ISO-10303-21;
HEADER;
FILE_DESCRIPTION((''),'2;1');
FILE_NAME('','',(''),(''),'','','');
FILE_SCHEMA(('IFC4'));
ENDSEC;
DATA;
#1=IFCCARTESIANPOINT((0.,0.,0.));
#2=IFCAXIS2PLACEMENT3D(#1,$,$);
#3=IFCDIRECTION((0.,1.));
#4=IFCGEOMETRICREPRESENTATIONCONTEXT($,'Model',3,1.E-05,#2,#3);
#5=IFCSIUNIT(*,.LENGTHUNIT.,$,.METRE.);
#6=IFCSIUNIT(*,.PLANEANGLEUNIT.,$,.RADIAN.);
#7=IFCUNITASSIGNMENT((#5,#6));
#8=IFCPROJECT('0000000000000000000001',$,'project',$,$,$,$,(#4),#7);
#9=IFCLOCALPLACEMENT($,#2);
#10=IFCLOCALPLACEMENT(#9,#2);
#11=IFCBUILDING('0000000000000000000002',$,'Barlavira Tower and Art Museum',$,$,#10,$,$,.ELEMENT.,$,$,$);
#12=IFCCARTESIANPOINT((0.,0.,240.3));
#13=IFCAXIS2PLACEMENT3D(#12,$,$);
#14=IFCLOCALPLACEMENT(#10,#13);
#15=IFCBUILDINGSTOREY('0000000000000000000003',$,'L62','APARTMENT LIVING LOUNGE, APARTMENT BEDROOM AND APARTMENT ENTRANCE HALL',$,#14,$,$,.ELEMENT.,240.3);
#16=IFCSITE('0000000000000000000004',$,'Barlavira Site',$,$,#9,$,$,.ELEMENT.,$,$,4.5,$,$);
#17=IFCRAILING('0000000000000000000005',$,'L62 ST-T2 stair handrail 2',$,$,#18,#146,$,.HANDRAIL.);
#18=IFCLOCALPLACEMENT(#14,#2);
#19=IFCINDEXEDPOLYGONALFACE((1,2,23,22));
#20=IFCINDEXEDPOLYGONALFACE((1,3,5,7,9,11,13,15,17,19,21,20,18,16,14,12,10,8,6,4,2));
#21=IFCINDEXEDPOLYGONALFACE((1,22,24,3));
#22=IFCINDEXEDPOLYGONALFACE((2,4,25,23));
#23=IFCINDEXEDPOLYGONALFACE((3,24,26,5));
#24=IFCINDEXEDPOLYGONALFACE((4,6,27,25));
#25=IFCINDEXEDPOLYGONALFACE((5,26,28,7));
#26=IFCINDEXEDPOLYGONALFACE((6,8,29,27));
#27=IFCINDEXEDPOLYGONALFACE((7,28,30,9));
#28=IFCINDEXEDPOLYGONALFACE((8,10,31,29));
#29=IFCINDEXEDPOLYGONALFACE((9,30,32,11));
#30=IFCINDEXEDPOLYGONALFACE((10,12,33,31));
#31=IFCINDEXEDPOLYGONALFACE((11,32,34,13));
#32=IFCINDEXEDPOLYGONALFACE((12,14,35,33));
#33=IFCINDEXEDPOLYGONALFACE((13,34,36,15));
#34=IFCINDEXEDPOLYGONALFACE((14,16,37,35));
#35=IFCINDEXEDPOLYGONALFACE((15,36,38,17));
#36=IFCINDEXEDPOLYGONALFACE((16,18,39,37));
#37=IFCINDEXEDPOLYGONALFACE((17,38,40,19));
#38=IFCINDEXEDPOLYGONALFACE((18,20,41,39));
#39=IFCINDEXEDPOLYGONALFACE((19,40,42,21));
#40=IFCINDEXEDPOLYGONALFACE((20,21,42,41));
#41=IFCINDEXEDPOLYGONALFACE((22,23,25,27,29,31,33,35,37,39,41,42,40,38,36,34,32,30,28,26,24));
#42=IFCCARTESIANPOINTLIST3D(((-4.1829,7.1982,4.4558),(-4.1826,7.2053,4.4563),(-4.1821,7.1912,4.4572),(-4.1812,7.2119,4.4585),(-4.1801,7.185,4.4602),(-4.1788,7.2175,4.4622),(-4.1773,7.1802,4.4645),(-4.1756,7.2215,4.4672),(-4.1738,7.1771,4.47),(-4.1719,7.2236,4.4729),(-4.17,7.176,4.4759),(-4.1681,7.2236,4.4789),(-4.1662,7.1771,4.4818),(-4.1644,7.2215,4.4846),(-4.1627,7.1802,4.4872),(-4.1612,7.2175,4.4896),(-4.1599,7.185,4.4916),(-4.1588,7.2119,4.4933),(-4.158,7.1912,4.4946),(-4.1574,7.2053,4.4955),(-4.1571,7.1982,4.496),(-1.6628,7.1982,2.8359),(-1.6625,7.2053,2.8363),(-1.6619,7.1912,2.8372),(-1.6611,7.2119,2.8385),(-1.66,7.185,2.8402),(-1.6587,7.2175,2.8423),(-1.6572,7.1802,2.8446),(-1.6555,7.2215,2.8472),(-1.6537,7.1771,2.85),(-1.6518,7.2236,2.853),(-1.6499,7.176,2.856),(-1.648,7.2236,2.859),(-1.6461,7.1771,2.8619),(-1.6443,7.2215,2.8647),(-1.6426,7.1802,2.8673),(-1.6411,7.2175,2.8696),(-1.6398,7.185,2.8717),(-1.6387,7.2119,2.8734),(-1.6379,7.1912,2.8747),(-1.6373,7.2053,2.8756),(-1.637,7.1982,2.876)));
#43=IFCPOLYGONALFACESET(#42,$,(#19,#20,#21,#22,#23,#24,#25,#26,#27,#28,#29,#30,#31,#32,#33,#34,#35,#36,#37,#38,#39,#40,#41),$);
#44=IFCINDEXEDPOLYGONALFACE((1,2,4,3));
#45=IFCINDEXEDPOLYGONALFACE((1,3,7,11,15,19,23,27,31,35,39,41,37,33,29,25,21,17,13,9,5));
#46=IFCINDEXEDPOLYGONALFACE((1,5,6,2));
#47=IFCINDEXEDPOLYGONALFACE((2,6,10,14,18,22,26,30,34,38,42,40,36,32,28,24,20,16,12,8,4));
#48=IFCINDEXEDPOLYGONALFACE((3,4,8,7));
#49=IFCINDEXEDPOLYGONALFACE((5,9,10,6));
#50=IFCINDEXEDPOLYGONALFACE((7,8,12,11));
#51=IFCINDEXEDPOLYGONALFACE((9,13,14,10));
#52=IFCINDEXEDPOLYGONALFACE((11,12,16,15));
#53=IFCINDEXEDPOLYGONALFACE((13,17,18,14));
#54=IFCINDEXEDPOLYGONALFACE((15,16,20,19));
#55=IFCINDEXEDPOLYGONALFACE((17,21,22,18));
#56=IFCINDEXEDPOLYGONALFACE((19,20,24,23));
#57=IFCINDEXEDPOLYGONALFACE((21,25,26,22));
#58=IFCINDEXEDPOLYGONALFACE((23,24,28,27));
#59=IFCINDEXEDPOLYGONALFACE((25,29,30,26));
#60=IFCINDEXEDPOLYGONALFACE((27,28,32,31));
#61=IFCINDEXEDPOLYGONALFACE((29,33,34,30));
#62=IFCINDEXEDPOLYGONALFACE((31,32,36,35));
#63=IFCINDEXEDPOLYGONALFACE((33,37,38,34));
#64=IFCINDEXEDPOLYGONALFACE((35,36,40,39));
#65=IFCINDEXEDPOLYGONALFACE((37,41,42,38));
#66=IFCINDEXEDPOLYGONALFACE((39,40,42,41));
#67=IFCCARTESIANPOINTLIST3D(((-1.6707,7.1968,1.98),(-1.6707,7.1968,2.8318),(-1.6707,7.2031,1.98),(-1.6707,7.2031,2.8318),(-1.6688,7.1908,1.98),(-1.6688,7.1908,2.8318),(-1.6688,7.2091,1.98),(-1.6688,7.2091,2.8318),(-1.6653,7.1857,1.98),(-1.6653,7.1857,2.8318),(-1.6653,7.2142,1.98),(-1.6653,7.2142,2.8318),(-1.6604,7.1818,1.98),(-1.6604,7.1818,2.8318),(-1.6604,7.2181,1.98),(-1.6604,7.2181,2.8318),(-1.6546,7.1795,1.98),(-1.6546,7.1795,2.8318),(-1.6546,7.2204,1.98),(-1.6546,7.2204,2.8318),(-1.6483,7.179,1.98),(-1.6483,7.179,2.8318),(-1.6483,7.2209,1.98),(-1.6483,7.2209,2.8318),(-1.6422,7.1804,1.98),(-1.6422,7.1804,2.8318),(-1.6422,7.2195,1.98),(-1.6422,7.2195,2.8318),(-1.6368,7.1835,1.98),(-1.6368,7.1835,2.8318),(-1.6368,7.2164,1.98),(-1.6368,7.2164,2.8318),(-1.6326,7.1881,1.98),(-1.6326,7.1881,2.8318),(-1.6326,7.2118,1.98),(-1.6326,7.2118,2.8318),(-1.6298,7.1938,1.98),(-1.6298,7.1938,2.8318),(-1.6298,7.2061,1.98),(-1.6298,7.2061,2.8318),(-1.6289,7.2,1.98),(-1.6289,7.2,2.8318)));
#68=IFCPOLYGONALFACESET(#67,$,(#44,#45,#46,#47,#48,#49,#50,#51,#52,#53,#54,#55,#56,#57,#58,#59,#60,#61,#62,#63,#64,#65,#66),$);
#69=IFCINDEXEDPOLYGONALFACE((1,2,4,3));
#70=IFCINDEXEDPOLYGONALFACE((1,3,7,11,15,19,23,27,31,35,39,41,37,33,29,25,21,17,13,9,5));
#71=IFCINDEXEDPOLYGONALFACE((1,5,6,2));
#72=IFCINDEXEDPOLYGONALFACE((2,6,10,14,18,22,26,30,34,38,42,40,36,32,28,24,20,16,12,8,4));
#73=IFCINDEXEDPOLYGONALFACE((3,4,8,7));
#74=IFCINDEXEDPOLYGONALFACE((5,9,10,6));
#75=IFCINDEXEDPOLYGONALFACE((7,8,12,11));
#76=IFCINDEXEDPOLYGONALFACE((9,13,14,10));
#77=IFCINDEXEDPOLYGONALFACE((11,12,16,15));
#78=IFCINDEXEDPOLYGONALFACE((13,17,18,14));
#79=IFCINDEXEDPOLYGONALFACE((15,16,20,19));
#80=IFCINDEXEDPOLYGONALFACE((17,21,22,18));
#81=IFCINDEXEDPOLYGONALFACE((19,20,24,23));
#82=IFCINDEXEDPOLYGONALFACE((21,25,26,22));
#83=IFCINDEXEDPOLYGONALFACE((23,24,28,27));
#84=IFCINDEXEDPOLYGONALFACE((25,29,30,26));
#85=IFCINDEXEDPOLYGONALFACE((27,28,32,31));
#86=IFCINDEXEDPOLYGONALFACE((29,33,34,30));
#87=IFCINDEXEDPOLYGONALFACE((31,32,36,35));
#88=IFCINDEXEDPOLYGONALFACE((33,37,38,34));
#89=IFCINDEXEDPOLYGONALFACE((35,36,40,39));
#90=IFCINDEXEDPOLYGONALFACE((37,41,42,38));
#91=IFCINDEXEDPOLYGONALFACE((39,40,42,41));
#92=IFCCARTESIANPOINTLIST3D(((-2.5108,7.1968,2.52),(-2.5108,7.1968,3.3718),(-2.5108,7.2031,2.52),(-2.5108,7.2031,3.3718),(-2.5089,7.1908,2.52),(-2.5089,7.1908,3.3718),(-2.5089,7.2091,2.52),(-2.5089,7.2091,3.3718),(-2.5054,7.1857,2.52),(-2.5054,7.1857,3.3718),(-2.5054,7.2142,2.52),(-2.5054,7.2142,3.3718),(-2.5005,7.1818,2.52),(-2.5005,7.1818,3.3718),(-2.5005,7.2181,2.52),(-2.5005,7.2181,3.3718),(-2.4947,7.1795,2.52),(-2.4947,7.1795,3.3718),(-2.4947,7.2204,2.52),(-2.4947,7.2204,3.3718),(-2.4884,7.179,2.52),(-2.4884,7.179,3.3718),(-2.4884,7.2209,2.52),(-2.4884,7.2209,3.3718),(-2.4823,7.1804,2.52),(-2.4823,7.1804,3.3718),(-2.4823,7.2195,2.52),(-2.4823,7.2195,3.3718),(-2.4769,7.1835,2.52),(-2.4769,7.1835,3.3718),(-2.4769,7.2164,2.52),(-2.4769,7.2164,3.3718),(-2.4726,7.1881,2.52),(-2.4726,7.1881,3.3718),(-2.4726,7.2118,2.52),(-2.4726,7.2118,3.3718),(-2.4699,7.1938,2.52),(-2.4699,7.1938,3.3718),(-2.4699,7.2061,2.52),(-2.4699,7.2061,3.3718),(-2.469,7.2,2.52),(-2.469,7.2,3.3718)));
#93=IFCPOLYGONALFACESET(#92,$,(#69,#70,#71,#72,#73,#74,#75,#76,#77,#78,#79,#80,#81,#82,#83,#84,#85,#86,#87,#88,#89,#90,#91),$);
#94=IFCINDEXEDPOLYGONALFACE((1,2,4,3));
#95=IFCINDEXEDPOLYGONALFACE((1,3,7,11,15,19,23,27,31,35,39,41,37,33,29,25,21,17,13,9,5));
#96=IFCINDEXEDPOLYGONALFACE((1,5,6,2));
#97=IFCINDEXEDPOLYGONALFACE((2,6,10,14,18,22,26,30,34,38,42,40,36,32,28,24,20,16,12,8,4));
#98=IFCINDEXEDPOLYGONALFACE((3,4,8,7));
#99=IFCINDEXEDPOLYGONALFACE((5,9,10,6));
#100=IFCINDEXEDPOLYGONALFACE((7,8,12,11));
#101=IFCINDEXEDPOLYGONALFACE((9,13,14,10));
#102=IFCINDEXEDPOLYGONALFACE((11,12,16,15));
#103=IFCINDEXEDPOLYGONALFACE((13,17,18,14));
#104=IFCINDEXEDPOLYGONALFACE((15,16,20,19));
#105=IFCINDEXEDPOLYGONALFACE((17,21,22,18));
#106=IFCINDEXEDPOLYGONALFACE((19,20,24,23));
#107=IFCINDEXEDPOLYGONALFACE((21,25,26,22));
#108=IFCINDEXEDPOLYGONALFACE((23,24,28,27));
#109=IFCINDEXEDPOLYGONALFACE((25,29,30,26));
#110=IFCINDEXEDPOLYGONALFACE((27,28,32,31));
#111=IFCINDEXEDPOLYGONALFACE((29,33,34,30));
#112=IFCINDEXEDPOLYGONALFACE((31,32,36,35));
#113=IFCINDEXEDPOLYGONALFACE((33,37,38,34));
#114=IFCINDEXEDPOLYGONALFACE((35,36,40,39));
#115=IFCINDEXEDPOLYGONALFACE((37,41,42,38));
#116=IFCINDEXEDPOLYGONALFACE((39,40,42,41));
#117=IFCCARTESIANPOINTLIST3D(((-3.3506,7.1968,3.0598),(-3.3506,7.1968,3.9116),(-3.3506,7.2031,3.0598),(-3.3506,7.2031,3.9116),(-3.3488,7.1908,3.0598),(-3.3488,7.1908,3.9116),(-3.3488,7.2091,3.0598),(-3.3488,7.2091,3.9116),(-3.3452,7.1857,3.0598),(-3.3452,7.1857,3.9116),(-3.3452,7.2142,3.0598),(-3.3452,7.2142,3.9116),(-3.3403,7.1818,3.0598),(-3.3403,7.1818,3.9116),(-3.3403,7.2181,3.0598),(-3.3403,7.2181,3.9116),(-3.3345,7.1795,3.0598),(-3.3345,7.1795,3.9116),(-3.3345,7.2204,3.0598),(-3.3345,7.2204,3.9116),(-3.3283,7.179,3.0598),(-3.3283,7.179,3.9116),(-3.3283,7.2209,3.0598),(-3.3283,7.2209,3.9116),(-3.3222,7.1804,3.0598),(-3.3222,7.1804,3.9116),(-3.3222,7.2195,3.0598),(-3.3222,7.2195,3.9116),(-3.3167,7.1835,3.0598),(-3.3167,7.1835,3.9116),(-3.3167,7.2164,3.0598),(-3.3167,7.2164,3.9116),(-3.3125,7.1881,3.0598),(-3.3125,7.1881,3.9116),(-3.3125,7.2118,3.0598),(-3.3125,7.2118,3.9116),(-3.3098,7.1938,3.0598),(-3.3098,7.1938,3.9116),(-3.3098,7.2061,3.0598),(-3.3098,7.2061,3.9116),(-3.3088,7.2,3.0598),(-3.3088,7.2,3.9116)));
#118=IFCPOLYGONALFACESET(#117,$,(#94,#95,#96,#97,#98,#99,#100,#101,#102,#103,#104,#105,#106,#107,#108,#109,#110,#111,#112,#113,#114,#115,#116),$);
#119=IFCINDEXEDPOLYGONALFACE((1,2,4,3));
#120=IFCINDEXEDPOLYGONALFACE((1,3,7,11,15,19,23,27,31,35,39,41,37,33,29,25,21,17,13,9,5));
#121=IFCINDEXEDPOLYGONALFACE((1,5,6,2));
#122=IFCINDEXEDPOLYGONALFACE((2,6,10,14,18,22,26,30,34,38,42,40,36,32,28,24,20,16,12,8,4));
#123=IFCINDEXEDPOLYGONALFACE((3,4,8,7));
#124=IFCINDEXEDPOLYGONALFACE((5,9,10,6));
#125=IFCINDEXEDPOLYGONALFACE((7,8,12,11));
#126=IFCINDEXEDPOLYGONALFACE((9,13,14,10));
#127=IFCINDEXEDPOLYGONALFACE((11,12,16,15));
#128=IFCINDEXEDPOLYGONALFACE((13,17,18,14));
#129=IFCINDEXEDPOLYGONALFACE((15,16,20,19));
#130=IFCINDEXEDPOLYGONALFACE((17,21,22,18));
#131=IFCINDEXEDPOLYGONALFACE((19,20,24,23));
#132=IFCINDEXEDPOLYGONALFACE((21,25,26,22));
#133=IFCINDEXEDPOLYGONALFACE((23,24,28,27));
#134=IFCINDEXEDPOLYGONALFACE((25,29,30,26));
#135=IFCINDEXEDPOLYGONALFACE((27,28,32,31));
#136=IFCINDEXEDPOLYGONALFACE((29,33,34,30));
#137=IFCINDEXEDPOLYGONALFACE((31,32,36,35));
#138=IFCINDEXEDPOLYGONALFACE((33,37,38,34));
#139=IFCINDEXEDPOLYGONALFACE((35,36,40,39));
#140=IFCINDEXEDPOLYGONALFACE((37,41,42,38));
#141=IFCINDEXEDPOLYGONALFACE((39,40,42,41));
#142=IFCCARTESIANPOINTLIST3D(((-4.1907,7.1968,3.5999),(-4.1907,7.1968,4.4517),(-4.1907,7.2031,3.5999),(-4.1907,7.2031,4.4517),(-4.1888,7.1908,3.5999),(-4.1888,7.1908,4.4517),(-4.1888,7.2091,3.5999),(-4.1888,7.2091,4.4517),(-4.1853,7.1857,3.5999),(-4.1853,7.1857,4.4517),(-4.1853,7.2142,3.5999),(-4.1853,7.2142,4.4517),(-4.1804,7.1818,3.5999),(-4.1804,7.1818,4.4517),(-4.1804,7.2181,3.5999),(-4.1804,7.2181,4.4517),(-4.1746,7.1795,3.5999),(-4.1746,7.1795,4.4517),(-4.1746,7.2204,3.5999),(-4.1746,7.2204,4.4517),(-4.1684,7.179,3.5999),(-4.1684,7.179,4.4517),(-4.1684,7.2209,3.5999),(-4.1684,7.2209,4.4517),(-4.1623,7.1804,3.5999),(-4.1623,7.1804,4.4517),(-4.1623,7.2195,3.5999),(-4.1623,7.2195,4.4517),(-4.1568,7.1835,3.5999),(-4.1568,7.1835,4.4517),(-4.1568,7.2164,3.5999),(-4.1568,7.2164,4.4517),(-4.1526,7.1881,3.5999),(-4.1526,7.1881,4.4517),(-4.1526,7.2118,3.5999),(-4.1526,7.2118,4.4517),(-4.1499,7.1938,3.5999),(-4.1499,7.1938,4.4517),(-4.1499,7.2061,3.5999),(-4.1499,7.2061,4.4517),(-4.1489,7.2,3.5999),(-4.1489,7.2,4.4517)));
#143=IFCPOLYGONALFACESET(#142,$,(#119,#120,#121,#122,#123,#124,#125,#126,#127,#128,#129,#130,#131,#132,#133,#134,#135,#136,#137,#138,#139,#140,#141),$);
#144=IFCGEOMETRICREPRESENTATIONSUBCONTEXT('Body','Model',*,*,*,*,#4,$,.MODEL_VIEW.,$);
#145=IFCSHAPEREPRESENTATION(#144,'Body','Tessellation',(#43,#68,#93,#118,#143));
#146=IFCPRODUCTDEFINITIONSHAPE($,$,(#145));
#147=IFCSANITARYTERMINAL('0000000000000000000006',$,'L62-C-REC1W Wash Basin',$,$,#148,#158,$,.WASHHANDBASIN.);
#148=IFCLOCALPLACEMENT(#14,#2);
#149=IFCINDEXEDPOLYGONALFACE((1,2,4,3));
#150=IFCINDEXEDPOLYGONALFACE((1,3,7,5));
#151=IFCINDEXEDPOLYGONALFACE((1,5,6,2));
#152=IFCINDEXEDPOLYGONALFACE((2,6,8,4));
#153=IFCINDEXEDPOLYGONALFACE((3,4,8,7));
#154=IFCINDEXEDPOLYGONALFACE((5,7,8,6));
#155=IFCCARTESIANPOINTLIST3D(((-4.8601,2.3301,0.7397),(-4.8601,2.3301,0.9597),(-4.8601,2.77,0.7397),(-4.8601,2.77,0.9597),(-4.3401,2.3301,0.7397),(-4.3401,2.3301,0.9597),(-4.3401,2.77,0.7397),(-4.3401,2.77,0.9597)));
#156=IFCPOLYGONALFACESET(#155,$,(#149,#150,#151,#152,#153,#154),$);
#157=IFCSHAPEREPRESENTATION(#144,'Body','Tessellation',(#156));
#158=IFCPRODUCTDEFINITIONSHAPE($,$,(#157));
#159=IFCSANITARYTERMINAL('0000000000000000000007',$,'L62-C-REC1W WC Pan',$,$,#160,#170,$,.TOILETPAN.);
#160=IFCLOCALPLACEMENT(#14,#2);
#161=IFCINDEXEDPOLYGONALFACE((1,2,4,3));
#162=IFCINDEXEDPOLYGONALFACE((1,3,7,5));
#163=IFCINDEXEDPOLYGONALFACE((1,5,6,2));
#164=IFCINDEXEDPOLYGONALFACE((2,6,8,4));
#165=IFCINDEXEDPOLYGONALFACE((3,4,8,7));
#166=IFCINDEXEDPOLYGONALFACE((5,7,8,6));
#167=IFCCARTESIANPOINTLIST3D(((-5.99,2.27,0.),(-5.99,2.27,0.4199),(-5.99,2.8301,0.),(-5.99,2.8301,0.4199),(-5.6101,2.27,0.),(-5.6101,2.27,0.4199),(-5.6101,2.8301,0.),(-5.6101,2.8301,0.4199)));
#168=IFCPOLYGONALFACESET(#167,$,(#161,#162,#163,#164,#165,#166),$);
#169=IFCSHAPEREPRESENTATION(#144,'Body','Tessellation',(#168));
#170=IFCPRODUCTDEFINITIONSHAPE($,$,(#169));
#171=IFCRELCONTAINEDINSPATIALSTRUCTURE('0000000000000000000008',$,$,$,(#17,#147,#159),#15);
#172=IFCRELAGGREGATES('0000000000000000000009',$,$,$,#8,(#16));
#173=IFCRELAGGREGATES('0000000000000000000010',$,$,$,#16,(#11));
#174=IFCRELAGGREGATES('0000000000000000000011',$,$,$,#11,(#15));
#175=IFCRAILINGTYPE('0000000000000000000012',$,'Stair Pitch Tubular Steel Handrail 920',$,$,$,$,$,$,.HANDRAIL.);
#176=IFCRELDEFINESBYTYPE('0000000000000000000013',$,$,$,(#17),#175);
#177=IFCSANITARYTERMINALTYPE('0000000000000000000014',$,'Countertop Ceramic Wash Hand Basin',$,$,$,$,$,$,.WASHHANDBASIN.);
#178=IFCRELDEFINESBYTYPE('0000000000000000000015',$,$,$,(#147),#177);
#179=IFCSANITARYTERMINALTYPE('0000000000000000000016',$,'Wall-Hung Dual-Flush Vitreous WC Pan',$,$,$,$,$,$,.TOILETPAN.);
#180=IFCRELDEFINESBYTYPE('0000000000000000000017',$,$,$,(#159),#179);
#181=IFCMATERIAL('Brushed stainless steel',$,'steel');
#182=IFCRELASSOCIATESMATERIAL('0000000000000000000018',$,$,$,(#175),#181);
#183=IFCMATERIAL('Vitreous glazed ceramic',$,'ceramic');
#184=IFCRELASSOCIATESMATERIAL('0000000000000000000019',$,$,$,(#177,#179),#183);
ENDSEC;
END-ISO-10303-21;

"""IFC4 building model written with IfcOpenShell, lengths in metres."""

from ifc_helpers import new_model, si_unit, direction, frame, origin, origin_2d, place, context, subcontext, project, spatial, rectangle, circle, extrude, material, type_object, element, save


model = new_model("IFC4")

# Units and contexts
model_context = context("Model", 3, precision=1e-05, world=origin(), true_north=direction((0.0, 1.0)))
body_context = subcontext(model_context, "Body", "Model", "MODEL_VIEW")
ifc_project = project(units=[si_unit("LENGTHUNIT", "METRE"), si_unit("PLANEANGLEUNIT", "RADIAN")], contexts=[model_context])

# Site, building, storey
site_placement = place(None, origin())
site = spatial("IfcSite", under=ifc_project, at=site_placement, Name="Barlavira Site", CompositionType="ELEMENT", RefElevation=4.5)
building_placement = place(site_placement, origin())
building = spatial("IfcBuilding", under=site, at=building_placement, Name="Barlavira Tower and Art Museum", CompositionType="ELEMENT")
storey_placement = place(building_placement, frame((0.0, 0.0, 240.3)))
storey = spatial("IfcBuildingStorey", under=building, at=storey_placement, Name="L62", Description="APARTMENT LIVING LOUNGE, APARTMENT BEDROOM AND APARTMENT ENTRANCE HALL", CompositionType="ELEMENT", Elevation=240.3)

# Shared definitions
ifc_material_1 = material(Name="Brushed stainless steel", Category="steel")

# Railing
railing_type_1 = type_object("IfcRailingType", Name="Stair Pitch Tubular Steel Handrail 920", PredefinedType="HANDRAIL", material=ifc_material_1)
railing_1_placement = place(storey_placement, frame((-1.6499, 7.2, 1.98)))
element("IfcRailing", 1, at=railing_1_placement, inside=storey, type_object=railing_type_1, Name="L62 ST-T2 stair handrail 2", PredefinedType="HANDRAIL", context=body_context, shape_type="SweptSolid", body=[
    extrude(circle(Radius=0.0239, at=origin_2d()), frame((0.0, 0.0, 0.876), z_axis=(-0.8412, 0.0, 0.540725), x_axis=(0.0, -1.0, 0.0)), (0.0, 0.0, 1.0), 2.9958),
    extrude(circle(Radius=0.021, at=origin_2d()), origin(), (0.0, 0.0, 1.0), 0.8518),
    extrude(circle(Radius=0.021, at=origin_2d()), frame((-0.8401, 0.0, 0.54)), (0.0, 0.0, 1.0), 0.8518),
    extrude(circle(Radius=0.021, at=origin_2d()), frame((-1.6799, 0.0, 1.0798)), (0.0, 0.0, 1.0), 0.8518),
    extrude(circle(Radius=0.021, at=origin_2d()), frame((-2.52, 0.0, 1.6199)), (0.0, 0.0, 1.0), 0.8518),
])

# Sanitary terminals
ifc_material_2 = material(Name="Vitreous glazed ceramic", Category="ceramic")
sanitary_terminal_type_1 = type_object("IfcSanitaryTerminalType", Name="Countertop Ceramic Wash Hand Basin", PredefinedType="WASHHANDBASIN", material=ifc_material_2)
sanitary_terminal_1_placement = place(storey_placement, frame((-4.6001, 2.55, 0.7397), z_axis=(0.0, 0.0, 1.0), x_axis=(1.0, 0.0, 0.0)))
element("IfcSanitaryTerminal", 2, at=sanitary_terminal_1_placement, inside=storey, type_object=sanitary_terminal_type_1, Name="L62-C-REC1W Wash Basin", PredefinedType="WASHHANDBASIN", context=body_context, shape_type="SweptSolid", body=[
    extrude(rectangle(XDim=0.52, YDim=0.4399, at=origin_2d()), origin(), (0.0, 0.0, 1.0), 0.22),
])
sanitary_terminal_type_2 = type_object("IfcSanitaryTerminalType", Name="Wall-Hung Dual-Flush Vitreous WC Pan", PredefinedType="TOILETPAN", material=ifc_material_2)
sanitary_terminal_2_placement = place(storey_placement, frame((-5.8, 2.55, 0.0), z_axis=(0.0, 0.0, 1.0), x_axis=(1.0, 0.0, 0.0)))
element("IfcSanitaryTerminal", 3, at=sanitary_terminal_2_placement, inside=storey, type_object=sanitary_terminal_type_2, Name="L62-C-REC1W WC Pan", PredefinedType="TOILETPAN", context=body_context, shape_type="SweptSolid", body=[
    extrude(rectangle(XDim=0.3799, YDim=0.5601, at=origin_2d()), origin(), (0.0, 0.0, 1.0), 0.4199),
])

save(model, "model.ifc")
